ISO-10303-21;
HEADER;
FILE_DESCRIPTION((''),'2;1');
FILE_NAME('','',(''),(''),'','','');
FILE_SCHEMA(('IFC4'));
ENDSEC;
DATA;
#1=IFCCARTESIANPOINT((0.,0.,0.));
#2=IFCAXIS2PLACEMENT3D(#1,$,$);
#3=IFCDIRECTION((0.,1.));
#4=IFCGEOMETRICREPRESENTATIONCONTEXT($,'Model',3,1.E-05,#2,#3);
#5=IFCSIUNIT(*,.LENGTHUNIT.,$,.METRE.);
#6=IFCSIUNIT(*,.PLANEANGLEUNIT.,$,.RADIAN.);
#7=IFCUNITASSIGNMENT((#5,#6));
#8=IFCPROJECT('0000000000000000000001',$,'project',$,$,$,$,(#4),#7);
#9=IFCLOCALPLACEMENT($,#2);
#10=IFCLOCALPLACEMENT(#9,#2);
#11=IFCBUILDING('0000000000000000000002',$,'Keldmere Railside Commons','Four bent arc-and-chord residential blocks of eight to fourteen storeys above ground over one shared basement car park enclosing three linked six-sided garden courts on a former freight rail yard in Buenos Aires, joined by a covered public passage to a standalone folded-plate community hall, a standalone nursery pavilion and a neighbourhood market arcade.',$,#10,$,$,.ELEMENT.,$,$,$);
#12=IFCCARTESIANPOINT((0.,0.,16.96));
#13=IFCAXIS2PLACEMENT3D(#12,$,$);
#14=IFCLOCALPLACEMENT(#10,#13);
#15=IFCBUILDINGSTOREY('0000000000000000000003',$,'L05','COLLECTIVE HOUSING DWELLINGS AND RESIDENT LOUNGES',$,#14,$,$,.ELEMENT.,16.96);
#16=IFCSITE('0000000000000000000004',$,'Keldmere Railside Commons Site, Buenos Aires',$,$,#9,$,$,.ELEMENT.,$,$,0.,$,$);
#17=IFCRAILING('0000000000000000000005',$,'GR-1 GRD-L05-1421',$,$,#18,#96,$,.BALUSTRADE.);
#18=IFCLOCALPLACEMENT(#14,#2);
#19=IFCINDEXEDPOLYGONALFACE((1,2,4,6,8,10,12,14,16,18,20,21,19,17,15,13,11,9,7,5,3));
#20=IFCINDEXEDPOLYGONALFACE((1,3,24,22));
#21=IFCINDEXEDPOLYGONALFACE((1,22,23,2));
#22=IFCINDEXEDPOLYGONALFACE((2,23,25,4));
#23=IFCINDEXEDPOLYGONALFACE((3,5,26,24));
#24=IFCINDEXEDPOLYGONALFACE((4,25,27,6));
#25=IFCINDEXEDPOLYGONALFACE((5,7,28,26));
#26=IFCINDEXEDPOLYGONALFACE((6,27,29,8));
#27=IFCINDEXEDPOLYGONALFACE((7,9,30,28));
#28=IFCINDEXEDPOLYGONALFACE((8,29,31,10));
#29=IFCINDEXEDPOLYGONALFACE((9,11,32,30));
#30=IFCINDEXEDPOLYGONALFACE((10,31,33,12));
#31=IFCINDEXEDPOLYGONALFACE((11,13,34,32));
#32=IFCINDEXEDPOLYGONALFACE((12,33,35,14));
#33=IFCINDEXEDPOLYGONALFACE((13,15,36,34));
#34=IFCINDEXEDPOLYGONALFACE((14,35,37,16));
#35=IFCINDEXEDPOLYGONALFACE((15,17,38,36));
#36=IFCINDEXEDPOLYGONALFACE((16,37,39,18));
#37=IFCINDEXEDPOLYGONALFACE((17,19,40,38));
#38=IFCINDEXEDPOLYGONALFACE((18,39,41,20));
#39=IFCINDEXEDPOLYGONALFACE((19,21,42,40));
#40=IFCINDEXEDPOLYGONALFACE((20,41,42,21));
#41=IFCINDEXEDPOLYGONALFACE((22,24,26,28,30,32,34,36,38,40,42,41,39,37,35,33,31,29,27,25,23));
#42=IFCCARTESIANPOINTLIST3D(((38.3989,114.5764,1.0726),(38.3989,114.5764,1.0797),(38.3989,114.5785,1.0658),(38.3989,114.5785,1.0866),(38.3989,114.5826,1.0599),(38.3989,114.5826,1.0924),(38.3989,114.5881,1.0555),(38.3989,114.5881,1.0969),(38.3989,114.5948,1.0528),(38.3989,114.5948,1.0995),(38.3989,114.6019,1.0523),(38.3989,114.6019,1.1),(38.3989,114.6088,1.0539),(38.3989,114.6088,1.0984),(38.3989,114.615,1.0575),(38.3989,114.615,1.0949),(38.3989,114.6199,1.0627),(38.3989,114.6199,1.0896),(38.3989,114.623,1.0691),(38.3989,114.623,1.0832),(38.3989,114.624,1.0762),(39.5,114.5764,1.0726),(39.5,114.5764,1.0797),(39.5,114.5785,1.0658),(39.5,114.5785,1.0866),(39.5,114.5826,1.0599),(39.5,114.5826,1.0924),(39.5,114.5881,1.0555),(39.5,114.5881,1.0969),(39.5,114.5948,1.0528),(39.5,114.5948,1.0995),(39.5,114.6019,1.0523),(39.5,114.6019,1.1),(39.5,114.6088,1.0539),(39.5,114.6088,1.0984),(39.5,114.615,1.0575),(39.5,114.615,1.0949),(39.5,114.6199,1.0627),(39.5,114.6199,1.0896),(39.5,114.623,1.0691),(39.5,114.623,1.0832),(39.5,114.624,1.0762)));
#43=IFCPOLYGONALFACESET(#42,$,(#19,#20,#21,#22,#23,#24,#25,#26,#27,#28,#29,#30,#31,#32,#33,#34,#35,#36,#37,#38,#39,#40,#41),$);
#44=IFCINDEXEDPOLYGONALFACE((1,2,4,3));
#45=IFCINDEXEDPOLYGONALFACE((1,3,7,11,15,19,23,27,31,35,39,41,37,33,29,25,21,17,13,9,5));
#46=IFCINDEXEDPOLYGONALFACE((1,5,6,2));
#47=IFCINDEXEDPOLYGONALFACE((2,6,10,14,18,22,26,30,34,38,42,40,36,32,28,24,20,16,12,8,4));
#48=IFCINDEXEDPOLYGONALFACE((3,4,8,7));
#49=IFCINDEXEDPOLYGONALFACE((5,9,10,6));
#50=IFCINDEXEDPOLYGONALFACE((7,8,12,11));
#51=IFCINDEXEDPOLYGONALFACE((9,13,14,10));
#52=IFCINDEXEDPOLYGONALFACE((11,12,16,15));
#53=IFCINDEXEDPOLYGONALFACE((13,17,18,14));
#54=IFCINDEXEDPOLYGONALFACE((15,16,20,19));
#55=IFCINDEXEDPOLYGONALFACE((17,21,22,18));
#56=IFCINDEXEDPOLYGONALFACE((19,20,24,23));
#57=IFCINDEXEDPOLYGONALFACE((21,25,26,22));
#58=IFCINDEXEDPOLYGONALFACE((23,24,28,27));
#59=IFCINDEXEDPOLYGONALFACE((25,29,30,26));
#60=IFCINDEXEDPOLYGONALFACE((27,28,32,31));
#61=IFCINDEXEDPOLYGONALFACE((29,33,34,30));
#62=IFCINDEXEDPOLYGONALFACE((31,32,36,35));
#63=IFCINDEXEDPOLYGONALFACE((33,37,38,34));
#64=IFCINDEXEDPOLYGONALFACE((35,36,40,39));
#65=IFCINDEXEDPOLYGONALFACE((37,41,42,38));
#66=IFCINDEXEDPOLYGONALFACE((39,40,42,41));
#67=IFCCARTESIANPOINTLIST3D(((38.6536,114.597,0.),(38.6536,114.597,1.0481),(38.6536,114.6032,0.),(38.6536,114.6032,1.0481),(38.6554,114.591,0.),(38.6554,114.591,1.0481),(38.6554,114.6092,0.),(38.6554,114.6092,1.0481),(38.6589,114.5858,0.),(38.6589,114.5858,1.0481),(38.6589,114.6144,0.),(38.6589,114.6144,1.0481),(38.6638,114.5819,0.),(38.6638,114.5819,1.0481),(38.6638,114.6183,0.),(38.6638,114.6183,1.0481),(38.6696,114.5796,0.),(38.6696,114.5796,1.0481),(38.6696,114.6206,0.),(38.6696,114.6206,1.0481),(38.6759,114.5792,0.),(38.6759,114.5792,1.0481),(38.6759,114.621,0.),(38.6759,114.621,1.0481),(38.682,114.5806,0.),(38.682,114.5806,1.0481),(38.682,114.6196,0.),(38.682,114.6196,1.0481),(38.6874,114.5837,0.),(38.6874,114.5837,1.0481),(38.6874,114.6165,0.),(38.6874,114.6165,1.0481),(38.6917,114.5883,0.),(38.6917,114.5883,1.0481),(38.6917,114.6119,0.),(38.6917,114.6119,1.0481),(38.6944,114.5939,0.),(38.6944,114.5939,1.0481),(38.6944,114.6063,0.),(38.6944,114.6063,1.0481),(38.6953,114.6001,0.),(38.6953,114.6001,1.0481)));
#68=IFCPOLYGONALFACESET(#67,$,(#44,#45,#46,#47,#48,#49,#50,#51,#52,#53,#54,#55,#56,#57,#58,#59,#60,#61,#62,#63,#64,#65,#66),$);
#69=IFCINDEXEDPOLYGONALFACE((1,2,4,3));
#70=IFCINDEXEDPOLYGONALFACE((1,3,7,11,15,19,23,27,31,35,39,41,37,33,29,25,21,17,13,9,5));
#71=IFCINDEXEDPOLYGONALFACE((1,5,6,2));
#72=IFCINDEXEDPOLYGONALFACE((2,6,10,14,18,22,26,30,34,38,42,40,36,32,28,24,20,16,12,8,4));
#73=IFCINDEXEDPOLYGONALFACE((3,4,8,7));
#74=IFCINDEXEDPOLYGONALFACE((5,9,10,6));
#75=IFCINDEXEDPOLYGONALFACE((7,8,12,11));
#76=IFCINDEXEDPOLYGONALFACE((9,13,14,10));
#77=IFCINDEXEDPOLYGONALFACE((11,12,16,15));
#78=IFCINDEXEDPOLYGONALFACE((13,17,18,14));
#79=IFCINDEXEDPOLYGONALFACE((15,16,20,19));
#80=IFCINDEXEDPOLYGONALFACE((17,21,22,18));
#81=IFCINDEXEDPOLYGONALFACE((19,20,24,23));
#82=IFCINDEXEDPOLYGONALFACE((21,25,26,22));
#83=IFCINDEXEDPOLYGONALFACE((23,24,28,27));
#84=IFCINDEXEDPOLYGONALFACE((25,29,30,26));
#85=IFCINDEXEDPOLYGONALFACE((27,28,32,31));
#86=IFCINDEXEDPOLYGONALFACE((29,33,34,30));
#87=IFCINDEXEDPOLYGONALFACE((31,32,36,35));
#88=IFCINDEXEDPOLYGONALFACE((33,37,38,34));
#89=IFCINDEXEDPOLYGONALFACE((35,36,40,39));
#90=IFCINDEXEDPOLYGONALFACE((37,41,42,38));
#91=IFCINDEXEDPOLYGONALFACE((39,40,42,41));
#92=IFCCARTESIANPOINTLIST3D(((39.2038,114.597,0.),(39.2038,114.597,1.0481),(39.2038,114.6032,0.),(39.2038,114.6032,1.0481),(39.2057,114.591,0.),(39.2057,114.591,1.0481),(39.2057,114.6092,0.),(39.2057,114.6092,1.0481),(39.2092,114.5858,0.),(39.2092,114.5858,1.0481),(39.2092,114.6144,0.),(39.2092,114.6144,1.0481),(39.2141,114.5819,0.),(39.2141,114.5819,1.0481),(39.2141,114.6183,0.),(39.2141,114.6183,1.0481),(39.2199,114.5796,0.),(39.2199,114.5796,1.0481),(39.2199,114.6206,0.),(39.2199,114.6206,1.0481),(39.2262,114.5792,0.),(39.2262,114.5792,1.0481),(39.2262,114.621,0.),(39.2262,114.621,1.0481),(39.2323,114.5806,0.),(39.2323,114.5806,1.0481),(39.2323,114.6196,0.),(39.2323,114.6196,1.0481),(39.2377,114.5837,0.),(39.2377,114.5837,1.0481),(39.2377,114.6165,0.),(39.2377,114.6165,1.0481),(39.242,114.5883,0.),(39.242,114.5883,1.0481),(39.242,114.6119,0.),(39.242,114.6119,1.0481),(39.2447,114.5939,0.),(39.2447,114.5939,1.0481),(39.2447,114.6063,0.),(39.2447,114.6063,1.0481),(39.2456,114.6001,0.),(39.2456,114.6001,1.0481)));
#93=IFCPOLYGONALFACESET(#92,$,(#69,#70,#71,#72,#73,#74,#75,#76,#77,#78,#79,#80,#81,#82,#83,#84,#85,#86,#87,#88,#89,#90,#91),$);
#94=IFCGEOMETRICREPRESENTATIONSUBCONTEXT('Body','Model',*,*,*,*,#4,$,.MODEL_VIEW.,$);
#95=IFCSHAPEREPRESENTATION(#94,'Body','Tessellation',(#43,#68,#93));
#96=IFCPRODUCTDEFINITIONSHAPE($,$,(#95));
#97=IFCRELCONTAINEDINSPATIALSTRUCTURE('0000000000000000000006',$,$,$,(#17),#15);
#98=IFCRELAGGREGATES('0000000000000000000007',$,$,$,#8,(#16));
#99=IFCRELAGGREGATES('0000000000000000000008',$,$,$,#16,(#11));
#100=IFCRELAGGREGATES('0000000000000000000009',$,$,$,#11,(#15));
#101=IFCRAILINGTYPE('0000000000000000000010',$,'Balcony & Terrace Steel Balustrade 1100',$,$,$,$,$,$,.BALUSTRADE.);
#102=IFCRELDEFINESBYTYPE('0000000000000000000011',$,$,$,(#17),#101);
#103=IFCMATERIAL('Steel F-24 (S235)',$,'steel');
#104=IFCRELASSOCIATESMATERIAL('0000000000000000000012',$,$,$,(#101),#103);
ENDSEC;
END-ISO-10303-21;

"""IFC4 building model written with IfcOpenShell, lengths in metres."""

from ifc_helpers import new_model, si_unit, direction, frame, origin, origin_2d, place, context, subcontext, project, spatial, circle, extrude, material, type_object, element, save


model = new_model("IFC4")

# Units and contexts
model_context = context("Model", 3, precision=1e-05, world=origin(), true_north=direction((0.0, 1.0)))
body_context = subcontext(model_context, "Body", "Model", "MODEL_VIEW")
ifc_project = project(units=[si_unit("LENGTHUNIT", "METRE"), si_unit("PLANEANGLEUNIT", "RADIAN")], contexts=[model_context])

# Site, building, storey
site_placement = place(None, origin())
site = spatial("IfcSite", under=ifc_project, at=site_placement, Name="Keldmere Railside Commons Site, Buenos Aires", CompositionType="ELEMENT", RefElevation=0.0)
building_placement = place(site_placement, origin())
building = spatial("IfcBuilding", under=site, at=building_placement, Name="Keldmere Railside Commons", Description="Four bent arc-and-chord residential blocks of eight to fourteen storeys above ground over one shared basement car park enclosing three linked six-sided garden courts on a former freight rail yard in Buenos Aires, joined by a covered public passage to a standalone folded-plate community hall, a standalone nursery pavilion and a neighbourhood market arcade.", CompositionType="ELEMENT")
storey_placement = place(building_placement, frame((0.0, 0.0, 16.96)))
storey = spatial("IfcBuildingStorey", under=building, at=storey_placement, Name="L05", Description="COLLECTIVE HOUSING DWELLINGS AND RESIDENT LOUNGES", CompositionType="ELEMENT", Elevation=16.96)

# Railing
ifc_material_1 = material(Name="Steel F-24 (S235)", Category="steel")
railing_type = type_object("IfcRailingType", Name="Balcony & Terrace Steel Balustrade 1100", PredefinedType="BALUSTRADE", material=ifc_material_1)
railing_1_placement = place(storey_placement, frame((38.3989, 114.6001, 0.0)))
element("IfcRailing", 1, at=railing_1_placement, inside=storey, type_object=railing_type, Name="GR-1 GRD-L05-1421", PredefinedType="BALUSTRADE", context=body_context, shape_type="SweptSolid", body=[
    extrude(circle(Radius=0.0239, at=origin_2d()), frame((0.0, 0.0, 1.0762), z_axis=(1.0, 0.0, 0.0), x_axis=(0.0, 1.0, 0.0)), (0.0, 0.0, 1.0), 1.1011),
    extrude(circle(Radius=0.021, at=origin_2d()), frame((0.2754, 0.0, 0.0)), (0.0, 0.0, 1.0), 1.0481),
    extrude(circle(Radius=0.021, at=origin_2d()), frame((0.8257, 0.0, 0.0)), (0.0, 0.0, 1.0), 1.0481),
])

save(model, "model.ifc")
